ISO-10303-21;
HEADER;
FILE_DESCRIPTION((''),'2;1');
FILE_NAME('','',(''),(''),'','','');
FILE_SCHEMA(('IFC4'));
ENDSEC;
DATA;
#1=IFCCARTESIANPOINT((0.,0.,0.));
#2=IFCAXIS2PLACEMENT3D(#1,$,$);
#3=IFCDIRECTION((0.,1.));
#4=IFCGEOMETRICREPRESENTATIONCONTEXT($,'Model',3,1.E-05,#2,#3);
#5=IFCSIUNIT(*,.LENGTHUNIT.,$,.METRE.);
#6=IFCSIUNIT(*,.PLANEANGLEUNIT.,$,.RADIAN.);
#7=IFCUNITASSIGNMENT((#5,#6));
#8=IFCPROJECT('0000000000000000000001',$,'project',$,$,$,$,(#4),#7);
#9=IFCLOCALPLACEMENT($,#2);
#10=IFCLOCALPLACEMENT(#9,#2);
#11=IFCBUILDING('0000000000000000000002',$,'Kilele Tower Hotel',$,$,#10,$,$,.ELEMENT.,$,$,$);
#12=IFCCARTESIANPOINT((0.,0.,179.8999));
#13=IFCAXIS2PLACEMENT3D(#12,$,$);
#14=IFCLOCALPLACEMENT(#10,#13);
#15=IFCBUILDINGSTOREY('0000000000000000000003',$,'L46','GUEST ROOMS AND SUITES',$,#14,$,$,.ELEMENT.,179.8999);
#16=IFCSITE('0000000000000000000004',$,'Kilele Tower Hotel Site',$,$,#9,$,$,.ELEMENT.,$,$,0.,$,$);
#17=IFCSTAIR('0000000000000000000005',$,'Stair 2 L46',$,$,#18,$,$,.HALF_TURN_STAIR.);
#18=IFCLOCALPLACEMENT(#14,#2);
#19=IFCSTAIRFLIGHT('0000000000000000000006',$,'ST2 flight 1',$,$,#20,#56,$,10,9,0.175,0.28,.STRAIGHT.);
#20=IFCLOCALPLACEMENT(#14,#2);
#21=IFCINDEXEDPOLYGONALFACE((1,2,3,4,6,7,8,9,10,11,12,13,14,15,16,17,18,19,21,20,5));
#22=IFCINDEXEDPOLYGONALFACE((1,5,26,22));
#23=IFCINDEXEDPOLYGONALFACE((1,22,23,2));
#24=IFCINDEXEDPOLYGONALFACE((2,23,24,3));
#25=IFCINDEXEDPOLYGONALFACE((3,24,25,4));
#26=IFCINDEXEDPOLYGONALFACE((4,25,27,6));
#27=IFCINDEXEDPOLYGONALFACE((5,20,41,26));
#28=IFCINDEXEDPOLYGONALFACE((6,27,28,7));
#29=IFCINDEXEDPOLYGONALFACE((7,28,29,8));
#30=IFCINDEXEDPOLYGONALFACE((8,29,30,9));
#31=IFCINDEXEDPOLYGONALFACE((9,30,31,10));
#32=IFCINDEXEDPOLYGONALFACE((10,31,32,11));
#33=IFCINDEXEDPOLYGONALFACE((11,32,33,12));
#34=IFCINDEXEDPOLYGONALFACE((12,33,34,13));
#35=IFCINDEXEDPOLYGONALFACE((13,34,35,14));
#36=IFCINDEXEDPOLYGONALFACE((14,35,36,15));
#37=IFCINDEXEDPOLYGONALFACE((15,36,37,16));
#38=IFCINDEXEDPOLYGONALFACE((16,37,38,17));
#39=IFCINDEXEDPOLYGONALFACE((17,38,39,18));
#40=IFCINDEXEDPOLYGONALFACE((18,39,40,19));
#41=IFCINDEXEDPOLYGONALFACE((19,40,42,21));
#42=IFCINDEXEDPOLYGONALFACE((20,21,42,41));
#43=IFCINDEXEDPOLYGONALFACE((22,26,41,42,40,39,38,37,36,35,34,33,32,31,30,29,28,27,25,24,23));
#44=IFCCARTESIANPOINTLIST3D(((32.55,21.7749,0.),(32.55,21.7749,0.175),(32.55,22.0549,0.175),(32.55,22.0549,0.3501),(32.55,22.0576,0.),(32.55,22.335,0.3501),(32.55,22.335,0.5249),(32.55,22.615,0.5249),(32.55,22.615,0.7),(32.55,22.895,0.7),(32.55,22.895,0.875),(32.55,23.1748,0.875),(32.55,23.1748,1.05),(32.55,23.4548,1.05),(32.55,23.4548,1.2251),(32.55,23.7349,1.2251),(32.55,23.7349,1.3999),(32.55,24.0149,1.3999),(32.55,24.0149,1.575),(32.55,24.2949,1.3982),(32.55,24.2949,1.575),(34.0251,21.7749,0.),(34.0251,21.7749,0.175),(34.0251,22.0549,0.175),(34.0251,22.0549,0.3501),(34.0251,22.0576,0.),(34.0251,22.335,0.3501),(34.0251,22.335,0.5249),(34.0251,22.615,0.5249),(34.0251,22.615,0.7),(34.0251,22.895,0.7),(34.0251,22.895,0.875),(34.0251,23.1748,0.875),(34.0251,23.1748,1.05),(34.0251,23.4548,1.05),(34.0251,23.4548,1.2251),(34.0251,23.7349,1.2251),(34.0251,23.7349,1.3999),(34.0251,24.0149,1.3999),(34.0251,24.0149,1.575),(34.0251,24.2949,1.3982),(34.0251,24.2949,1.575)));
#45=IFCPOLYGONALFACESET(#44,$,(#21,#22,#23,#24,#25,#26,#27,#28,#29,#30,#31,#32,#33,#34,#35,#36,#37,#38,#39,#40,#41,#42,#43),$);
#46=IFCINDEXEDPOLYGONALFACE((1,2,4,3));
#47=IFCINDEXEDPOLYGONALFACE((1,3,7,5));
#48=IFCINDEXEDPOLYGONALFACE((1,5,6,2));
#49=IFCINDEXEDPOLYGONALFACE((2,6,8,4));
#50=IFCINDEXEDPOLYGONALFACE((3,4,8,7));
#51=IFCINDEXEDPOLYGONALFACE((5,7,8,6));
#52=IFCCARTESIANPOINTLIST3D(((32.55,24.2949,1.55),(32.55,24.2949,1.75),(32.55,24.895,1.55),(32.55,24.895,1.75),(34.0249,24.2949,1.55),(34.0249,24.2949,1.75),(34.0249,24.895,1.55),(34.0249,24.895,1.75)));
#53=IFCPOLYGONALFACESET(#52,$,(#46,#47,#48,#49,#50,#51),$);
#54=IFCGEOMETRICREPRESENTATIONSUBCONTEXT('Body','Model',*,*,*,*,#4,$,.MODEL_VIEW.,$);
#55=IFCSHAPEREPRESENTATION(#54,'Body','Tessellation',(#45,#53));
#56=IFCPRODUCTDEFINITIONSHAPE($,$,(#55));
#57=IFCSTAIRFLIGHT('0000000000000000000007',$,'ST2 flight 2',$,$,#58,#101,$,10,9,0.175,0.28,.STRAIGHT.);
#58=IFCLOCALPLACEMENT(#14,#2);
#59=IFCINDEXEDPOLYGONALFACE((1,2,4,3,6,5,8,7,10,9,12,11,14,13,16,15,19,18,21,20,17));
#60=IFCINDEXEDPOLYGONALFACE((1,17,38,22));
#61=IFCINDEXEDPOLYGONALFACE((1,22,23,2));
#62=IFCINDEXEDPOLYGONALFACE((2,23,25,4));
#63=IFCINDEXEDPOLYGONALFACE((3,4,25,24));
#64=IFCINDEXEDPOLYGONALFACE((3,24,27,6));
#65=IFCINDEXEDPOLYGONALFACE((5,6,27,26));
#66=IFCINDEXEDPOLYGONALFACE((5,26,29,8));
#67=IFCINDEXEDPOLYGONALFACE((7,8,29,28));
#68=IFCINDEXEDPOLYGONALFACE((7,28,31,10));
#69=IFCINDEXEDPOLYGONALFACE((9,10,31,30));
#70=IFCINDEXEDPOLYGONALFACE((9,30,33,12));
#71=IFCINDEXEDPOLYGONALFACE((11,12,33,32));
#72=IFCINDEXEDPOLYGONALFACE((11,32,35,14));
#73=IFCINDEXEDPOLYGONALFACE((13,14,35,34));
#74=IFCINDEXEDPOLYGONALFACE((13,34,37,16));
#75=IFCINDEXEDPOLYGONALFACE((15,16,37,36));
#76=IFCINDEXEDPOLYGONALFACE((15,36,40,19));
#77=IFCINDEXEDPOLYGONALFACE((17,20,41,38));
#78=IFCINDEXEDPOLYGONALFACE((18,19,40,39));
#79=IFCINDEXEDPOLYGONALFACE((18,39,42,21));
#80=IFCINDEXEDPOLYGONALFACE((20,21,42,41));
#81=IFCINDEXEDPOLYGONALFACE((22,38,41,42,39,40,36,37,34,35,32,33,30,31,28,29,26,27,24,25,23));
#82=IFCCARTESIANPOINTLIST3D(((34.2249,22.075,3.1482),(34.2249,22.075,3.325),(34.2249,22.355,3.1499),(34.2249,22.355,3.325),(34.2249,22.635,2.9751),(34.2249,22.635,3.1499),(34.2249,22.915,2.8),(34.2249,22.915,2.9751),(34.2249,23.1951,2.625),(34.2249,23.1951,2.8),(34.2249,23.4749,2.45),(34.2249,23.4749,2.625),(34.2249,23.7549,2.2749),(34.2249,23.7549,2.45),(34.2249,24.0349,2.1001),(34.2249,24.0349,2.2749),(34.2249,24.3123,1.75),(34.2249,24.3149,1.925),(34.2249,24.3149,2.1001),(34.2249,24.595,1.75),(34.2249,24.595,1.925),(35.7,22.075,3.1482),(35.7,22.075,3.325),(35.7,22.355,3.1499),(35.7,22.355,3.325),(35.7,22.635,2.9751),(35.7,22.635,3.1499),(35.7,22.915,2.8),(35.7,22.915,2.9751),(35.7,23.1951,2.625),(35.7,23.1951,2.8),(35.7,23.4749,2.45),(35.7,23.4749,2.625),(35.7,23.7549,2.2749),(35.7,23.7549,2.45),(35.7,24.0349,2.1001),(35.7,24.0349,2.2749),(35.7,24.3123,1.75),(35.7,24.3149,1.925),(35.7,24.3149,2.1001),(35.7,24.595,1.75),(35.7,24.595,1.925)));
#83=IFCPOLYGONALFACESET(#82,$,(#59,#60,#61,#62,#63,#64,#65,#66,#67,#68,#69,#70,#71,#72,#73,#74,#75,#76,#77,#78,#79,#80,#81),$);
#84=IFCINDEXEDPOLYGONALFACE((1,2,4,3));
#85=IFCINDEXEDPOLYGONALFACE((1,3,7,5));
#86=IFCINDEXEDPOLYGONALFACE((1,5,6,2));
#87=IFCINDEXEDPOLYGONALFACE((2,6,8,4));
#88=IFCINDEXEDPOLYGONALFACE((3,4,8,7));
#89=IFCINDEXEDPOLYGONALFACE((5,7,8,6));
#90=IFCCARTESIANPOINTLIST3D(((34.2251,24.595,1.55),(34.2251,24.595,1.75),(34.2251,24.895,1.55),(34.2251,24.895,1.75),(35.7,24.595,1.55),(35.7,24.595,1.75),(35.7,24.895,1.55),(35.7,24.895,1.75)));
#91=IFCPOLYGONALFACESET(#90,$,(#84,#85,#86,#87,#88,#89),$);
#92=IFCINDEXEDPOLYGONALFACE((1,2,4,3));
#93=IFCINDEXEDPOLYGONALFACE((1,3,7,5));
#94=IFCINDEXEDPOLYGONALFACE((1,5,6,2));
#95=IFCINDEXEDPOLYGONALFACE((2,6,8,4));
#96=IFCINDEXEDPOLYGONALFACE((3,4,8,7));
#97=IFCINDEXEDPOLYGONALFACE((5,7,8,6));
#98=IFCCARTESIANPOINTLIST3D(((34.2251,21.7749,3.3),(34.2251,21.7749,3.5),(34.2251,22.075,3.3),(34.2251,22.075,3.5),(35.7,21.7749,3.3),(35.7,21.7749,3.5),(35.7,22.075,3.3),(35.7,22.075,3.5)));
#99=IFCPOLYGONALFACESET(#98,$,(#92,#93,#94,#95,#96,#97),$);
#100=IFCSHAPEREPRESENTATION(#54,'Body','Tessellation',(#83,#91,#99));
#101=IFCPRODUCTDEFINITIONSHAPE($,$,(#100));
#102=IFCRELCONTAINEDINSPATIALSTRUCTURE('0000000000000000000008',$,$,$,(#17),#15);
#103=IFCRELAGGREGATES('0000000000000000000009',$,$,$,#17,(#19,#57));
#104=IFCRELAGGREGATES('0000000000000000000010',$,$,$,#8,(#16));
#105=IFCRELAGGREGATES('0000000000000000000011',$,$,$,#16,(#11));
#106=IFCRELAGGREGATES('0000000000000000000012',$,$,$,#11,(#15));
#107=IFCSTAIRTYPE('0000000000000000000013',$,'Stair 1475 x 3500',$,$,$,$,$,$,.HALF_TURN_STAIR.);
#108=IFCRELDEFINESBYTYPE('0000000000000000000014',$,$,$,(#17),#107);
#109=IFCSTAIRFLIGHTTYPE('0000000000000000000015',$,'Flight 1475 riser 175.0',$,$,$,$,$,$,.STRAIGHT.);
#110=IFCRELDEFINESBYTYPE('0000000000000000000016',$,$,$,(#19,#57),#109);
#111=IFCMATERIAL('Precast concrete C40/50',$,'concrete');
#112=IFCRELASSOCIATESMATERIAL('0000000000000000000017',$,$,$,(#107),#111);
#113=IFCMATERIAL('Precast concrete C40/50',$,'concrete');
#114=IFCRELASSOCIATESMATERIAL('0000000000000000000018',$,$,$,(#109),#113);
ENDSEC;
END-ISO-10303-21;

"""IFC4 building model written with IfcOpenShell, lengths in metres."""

from ifc_helpers import new_model, si_unit, direction, frame, origin, place, context, subcontext, project, spatial, polyline, outline, extrude, material, type_object, element, aggregate, save


model = new_model("IFC4")

# Units and contexts
model_context = context("Model", 3, precision=1e-05, world=origin(), true_north=direction((0.0, 1.0)))
body_context = subcontext(model_context, "Body", "Model", "MODEL_VIEW")
ifc_project = project(units=[si_unit("LENGTHUNIT", "METRE"), si_unit("PLANEANGLEUNIT", "RADIAN")], contexts=[model_context])

# Site, building, storey
site_placement = place(None, origin())
site = spatial("IfcSite", under=ifc_project, at=site_placement, Name="Kilele Tower Hotel Site", CompositionType="ELEMENT", RefElevation=0.0)
building_placement = place(site_placement, origin())
building = spatial("IfcBuilding", under=site, at=building_placement, Name="Kilele Tower Hotel", CompositionType="ELEMENT")
storey_placement = place(building_placement, frame((0.0, 0.0, 179.8999)))
storey = spatial("IfcBuildingStorey", under=building, at=storey_placement, Name="L46", Description="GUEST ROOMS AND SUITES", CompositionType="ELEMENT", Elevation=179.8999)

# Stair, stair flights
ifc_material_1 = material(Name="Precast concrete C40/50", Category="concrete")
stair_type = type_object("IfcStairType", Name="Stair 1475 x 3500", PredefinedType="HALF_TURN_STAIR", material=ifc_material_1)
stair_placement = place(storey_placement, origin())
stair = element("IfcStair", 1, at=stair_placement, inside=storey, type_object=stair_type, Name="Stair 2 L46", PredefinedType="HALF_TURN_STAIR")
ifc_material_2 = material(Name="Precast concrete C40/50", Category="concrete")
stair_flight_type = type_object("IfcStairFlightType", Name="Flight 1475 riser 175.0", PredefinedType="STRAIGHT", material=ifc_material_2)
stair_flight_1_placement = place(storey_placement, frame((33.2876, 21.7749, 0.0), z_axis=(0.0, 0.0, 1.0), x_axis=(0.0, 1.0, 0.0)))
stair_flight_1 = element("IfcStairFlight", 2, at=stair_flight_1_placement, type_object=stair_flight_type, Name="ST2 flight 1", NumberOfRisers=10, NumberOfTreads=9, PredefinedType="STRAIGHT", RiserHeight=0.175, TreadLength=0.28, context=body_context, shape_type="SweptSolid", body=[
    extrude(outline(polyline([(0.0, 0.0), (0.0, 0.175), (0.28, 0.175), (0.28, 0.3501), (0.5601, 0.3501), (0.5601, 0.5249), (0.8401, 0.5249), (0.8401, 0.7), (1.1201, 0.7), (1.1201, 0.875), (1.3999, 0.875), (1.3999, 1.05), (1.6799, 1.05), (1.6799, 1.2251), (1.96, 1.2251), (1.96, 1.3999), (2.24, 1.3999), (2.24, 1.575), (2.52, 1.575), (2.52, 1.75), (2.52, 1.3982), (0.2827, 0.0), (0.0, 0.0)])), frame((0.0, 0.7375, 0.0), z_axis=(0.0, -1.0, 0.0), x_axis=(1.0, 0.0, 0.0)), (0.0, 0.0, 1.0), 1.4751),
    extrude(outline(polyline([(2.52, 0.7375), (2.52, -0.7373), (3.1201, -0.7373), (3.1201, 0.7375), (2.52, 0.7375)])), frame((0.0, 0.0, 1.55)), (0.0, 0.0, 1.0), 0.2),
])
stair_flight_2_placement = place(storey_placement, frame((34.9624, 24.595, 1.75), z_axis=(0.0, 0.0, 1.0), x_axis=(0.0, -1.0, 0.0)))
stair_flight_2 = element("IfcStairFlight", 3, at=stair_flight_2_placement, type_object=stair_flight_type, Name="ST2 flight 2", NumberOfRisers=10, NumberOfTreads=9, PredefinedType="STRAIGHT", RiserHeight=0.175, TreadLength=0.28, context=body_context, shape_type="SweptSolid", body=[
    extrude(outline(polyline([(0.0, 0.0), (0.0, 0.175), (0.28, 0.175), (0.28, 0.3501), (0.5601, 0.3501), (0.5601, 0.5249), (0.8401, 0.5249), (0.8401, 0.7), (1.1201, 0.7), (1.1201, 0.875), (1.3999, 0.875), (1.3999, 1.05), (1.6799, 1.05), (1.6799, 1.2251), (1.96, 1.2251), (1.96, 1.3999), (2.24, 1.3999), (2.24, 1.575), (2.52, 1.575), (2.52, 1.75), (2.52, 1.3982), (0.2827, 0.0), (0.0, 0.0)])), frame((0.0, 0.7375, 0.0), z_axis=(0.0, -1.0, 0.0), x_axis=(1.0, 0.0, 0.0)), (0.0, 0.0, 1.0), 1.4751),
    extrude(outline(polyline([(0.0, -0.7373), (0.0, 0.7375), (-0.3, 0.7375), (-0.3, -0.7373), (0.0, -0.7373)])), frame((0.0, 0.0, -0.2)), (0.0, 0.0, 1.0), 0.2),
    extrude(outline(polyline([(2.8201, -0.7373), (2.8201, 0.7375), (2.52, 0.7375), (2.52, -0.7373), (2.8201, -0.7373)])), frame((0.0, 0.0, 1.55)), (0.0, 0.0, 1.0), 0.2),
])
aggregate(stair, [stair_flight_1, stair_flight_2])

save(model, "model.ifc")
